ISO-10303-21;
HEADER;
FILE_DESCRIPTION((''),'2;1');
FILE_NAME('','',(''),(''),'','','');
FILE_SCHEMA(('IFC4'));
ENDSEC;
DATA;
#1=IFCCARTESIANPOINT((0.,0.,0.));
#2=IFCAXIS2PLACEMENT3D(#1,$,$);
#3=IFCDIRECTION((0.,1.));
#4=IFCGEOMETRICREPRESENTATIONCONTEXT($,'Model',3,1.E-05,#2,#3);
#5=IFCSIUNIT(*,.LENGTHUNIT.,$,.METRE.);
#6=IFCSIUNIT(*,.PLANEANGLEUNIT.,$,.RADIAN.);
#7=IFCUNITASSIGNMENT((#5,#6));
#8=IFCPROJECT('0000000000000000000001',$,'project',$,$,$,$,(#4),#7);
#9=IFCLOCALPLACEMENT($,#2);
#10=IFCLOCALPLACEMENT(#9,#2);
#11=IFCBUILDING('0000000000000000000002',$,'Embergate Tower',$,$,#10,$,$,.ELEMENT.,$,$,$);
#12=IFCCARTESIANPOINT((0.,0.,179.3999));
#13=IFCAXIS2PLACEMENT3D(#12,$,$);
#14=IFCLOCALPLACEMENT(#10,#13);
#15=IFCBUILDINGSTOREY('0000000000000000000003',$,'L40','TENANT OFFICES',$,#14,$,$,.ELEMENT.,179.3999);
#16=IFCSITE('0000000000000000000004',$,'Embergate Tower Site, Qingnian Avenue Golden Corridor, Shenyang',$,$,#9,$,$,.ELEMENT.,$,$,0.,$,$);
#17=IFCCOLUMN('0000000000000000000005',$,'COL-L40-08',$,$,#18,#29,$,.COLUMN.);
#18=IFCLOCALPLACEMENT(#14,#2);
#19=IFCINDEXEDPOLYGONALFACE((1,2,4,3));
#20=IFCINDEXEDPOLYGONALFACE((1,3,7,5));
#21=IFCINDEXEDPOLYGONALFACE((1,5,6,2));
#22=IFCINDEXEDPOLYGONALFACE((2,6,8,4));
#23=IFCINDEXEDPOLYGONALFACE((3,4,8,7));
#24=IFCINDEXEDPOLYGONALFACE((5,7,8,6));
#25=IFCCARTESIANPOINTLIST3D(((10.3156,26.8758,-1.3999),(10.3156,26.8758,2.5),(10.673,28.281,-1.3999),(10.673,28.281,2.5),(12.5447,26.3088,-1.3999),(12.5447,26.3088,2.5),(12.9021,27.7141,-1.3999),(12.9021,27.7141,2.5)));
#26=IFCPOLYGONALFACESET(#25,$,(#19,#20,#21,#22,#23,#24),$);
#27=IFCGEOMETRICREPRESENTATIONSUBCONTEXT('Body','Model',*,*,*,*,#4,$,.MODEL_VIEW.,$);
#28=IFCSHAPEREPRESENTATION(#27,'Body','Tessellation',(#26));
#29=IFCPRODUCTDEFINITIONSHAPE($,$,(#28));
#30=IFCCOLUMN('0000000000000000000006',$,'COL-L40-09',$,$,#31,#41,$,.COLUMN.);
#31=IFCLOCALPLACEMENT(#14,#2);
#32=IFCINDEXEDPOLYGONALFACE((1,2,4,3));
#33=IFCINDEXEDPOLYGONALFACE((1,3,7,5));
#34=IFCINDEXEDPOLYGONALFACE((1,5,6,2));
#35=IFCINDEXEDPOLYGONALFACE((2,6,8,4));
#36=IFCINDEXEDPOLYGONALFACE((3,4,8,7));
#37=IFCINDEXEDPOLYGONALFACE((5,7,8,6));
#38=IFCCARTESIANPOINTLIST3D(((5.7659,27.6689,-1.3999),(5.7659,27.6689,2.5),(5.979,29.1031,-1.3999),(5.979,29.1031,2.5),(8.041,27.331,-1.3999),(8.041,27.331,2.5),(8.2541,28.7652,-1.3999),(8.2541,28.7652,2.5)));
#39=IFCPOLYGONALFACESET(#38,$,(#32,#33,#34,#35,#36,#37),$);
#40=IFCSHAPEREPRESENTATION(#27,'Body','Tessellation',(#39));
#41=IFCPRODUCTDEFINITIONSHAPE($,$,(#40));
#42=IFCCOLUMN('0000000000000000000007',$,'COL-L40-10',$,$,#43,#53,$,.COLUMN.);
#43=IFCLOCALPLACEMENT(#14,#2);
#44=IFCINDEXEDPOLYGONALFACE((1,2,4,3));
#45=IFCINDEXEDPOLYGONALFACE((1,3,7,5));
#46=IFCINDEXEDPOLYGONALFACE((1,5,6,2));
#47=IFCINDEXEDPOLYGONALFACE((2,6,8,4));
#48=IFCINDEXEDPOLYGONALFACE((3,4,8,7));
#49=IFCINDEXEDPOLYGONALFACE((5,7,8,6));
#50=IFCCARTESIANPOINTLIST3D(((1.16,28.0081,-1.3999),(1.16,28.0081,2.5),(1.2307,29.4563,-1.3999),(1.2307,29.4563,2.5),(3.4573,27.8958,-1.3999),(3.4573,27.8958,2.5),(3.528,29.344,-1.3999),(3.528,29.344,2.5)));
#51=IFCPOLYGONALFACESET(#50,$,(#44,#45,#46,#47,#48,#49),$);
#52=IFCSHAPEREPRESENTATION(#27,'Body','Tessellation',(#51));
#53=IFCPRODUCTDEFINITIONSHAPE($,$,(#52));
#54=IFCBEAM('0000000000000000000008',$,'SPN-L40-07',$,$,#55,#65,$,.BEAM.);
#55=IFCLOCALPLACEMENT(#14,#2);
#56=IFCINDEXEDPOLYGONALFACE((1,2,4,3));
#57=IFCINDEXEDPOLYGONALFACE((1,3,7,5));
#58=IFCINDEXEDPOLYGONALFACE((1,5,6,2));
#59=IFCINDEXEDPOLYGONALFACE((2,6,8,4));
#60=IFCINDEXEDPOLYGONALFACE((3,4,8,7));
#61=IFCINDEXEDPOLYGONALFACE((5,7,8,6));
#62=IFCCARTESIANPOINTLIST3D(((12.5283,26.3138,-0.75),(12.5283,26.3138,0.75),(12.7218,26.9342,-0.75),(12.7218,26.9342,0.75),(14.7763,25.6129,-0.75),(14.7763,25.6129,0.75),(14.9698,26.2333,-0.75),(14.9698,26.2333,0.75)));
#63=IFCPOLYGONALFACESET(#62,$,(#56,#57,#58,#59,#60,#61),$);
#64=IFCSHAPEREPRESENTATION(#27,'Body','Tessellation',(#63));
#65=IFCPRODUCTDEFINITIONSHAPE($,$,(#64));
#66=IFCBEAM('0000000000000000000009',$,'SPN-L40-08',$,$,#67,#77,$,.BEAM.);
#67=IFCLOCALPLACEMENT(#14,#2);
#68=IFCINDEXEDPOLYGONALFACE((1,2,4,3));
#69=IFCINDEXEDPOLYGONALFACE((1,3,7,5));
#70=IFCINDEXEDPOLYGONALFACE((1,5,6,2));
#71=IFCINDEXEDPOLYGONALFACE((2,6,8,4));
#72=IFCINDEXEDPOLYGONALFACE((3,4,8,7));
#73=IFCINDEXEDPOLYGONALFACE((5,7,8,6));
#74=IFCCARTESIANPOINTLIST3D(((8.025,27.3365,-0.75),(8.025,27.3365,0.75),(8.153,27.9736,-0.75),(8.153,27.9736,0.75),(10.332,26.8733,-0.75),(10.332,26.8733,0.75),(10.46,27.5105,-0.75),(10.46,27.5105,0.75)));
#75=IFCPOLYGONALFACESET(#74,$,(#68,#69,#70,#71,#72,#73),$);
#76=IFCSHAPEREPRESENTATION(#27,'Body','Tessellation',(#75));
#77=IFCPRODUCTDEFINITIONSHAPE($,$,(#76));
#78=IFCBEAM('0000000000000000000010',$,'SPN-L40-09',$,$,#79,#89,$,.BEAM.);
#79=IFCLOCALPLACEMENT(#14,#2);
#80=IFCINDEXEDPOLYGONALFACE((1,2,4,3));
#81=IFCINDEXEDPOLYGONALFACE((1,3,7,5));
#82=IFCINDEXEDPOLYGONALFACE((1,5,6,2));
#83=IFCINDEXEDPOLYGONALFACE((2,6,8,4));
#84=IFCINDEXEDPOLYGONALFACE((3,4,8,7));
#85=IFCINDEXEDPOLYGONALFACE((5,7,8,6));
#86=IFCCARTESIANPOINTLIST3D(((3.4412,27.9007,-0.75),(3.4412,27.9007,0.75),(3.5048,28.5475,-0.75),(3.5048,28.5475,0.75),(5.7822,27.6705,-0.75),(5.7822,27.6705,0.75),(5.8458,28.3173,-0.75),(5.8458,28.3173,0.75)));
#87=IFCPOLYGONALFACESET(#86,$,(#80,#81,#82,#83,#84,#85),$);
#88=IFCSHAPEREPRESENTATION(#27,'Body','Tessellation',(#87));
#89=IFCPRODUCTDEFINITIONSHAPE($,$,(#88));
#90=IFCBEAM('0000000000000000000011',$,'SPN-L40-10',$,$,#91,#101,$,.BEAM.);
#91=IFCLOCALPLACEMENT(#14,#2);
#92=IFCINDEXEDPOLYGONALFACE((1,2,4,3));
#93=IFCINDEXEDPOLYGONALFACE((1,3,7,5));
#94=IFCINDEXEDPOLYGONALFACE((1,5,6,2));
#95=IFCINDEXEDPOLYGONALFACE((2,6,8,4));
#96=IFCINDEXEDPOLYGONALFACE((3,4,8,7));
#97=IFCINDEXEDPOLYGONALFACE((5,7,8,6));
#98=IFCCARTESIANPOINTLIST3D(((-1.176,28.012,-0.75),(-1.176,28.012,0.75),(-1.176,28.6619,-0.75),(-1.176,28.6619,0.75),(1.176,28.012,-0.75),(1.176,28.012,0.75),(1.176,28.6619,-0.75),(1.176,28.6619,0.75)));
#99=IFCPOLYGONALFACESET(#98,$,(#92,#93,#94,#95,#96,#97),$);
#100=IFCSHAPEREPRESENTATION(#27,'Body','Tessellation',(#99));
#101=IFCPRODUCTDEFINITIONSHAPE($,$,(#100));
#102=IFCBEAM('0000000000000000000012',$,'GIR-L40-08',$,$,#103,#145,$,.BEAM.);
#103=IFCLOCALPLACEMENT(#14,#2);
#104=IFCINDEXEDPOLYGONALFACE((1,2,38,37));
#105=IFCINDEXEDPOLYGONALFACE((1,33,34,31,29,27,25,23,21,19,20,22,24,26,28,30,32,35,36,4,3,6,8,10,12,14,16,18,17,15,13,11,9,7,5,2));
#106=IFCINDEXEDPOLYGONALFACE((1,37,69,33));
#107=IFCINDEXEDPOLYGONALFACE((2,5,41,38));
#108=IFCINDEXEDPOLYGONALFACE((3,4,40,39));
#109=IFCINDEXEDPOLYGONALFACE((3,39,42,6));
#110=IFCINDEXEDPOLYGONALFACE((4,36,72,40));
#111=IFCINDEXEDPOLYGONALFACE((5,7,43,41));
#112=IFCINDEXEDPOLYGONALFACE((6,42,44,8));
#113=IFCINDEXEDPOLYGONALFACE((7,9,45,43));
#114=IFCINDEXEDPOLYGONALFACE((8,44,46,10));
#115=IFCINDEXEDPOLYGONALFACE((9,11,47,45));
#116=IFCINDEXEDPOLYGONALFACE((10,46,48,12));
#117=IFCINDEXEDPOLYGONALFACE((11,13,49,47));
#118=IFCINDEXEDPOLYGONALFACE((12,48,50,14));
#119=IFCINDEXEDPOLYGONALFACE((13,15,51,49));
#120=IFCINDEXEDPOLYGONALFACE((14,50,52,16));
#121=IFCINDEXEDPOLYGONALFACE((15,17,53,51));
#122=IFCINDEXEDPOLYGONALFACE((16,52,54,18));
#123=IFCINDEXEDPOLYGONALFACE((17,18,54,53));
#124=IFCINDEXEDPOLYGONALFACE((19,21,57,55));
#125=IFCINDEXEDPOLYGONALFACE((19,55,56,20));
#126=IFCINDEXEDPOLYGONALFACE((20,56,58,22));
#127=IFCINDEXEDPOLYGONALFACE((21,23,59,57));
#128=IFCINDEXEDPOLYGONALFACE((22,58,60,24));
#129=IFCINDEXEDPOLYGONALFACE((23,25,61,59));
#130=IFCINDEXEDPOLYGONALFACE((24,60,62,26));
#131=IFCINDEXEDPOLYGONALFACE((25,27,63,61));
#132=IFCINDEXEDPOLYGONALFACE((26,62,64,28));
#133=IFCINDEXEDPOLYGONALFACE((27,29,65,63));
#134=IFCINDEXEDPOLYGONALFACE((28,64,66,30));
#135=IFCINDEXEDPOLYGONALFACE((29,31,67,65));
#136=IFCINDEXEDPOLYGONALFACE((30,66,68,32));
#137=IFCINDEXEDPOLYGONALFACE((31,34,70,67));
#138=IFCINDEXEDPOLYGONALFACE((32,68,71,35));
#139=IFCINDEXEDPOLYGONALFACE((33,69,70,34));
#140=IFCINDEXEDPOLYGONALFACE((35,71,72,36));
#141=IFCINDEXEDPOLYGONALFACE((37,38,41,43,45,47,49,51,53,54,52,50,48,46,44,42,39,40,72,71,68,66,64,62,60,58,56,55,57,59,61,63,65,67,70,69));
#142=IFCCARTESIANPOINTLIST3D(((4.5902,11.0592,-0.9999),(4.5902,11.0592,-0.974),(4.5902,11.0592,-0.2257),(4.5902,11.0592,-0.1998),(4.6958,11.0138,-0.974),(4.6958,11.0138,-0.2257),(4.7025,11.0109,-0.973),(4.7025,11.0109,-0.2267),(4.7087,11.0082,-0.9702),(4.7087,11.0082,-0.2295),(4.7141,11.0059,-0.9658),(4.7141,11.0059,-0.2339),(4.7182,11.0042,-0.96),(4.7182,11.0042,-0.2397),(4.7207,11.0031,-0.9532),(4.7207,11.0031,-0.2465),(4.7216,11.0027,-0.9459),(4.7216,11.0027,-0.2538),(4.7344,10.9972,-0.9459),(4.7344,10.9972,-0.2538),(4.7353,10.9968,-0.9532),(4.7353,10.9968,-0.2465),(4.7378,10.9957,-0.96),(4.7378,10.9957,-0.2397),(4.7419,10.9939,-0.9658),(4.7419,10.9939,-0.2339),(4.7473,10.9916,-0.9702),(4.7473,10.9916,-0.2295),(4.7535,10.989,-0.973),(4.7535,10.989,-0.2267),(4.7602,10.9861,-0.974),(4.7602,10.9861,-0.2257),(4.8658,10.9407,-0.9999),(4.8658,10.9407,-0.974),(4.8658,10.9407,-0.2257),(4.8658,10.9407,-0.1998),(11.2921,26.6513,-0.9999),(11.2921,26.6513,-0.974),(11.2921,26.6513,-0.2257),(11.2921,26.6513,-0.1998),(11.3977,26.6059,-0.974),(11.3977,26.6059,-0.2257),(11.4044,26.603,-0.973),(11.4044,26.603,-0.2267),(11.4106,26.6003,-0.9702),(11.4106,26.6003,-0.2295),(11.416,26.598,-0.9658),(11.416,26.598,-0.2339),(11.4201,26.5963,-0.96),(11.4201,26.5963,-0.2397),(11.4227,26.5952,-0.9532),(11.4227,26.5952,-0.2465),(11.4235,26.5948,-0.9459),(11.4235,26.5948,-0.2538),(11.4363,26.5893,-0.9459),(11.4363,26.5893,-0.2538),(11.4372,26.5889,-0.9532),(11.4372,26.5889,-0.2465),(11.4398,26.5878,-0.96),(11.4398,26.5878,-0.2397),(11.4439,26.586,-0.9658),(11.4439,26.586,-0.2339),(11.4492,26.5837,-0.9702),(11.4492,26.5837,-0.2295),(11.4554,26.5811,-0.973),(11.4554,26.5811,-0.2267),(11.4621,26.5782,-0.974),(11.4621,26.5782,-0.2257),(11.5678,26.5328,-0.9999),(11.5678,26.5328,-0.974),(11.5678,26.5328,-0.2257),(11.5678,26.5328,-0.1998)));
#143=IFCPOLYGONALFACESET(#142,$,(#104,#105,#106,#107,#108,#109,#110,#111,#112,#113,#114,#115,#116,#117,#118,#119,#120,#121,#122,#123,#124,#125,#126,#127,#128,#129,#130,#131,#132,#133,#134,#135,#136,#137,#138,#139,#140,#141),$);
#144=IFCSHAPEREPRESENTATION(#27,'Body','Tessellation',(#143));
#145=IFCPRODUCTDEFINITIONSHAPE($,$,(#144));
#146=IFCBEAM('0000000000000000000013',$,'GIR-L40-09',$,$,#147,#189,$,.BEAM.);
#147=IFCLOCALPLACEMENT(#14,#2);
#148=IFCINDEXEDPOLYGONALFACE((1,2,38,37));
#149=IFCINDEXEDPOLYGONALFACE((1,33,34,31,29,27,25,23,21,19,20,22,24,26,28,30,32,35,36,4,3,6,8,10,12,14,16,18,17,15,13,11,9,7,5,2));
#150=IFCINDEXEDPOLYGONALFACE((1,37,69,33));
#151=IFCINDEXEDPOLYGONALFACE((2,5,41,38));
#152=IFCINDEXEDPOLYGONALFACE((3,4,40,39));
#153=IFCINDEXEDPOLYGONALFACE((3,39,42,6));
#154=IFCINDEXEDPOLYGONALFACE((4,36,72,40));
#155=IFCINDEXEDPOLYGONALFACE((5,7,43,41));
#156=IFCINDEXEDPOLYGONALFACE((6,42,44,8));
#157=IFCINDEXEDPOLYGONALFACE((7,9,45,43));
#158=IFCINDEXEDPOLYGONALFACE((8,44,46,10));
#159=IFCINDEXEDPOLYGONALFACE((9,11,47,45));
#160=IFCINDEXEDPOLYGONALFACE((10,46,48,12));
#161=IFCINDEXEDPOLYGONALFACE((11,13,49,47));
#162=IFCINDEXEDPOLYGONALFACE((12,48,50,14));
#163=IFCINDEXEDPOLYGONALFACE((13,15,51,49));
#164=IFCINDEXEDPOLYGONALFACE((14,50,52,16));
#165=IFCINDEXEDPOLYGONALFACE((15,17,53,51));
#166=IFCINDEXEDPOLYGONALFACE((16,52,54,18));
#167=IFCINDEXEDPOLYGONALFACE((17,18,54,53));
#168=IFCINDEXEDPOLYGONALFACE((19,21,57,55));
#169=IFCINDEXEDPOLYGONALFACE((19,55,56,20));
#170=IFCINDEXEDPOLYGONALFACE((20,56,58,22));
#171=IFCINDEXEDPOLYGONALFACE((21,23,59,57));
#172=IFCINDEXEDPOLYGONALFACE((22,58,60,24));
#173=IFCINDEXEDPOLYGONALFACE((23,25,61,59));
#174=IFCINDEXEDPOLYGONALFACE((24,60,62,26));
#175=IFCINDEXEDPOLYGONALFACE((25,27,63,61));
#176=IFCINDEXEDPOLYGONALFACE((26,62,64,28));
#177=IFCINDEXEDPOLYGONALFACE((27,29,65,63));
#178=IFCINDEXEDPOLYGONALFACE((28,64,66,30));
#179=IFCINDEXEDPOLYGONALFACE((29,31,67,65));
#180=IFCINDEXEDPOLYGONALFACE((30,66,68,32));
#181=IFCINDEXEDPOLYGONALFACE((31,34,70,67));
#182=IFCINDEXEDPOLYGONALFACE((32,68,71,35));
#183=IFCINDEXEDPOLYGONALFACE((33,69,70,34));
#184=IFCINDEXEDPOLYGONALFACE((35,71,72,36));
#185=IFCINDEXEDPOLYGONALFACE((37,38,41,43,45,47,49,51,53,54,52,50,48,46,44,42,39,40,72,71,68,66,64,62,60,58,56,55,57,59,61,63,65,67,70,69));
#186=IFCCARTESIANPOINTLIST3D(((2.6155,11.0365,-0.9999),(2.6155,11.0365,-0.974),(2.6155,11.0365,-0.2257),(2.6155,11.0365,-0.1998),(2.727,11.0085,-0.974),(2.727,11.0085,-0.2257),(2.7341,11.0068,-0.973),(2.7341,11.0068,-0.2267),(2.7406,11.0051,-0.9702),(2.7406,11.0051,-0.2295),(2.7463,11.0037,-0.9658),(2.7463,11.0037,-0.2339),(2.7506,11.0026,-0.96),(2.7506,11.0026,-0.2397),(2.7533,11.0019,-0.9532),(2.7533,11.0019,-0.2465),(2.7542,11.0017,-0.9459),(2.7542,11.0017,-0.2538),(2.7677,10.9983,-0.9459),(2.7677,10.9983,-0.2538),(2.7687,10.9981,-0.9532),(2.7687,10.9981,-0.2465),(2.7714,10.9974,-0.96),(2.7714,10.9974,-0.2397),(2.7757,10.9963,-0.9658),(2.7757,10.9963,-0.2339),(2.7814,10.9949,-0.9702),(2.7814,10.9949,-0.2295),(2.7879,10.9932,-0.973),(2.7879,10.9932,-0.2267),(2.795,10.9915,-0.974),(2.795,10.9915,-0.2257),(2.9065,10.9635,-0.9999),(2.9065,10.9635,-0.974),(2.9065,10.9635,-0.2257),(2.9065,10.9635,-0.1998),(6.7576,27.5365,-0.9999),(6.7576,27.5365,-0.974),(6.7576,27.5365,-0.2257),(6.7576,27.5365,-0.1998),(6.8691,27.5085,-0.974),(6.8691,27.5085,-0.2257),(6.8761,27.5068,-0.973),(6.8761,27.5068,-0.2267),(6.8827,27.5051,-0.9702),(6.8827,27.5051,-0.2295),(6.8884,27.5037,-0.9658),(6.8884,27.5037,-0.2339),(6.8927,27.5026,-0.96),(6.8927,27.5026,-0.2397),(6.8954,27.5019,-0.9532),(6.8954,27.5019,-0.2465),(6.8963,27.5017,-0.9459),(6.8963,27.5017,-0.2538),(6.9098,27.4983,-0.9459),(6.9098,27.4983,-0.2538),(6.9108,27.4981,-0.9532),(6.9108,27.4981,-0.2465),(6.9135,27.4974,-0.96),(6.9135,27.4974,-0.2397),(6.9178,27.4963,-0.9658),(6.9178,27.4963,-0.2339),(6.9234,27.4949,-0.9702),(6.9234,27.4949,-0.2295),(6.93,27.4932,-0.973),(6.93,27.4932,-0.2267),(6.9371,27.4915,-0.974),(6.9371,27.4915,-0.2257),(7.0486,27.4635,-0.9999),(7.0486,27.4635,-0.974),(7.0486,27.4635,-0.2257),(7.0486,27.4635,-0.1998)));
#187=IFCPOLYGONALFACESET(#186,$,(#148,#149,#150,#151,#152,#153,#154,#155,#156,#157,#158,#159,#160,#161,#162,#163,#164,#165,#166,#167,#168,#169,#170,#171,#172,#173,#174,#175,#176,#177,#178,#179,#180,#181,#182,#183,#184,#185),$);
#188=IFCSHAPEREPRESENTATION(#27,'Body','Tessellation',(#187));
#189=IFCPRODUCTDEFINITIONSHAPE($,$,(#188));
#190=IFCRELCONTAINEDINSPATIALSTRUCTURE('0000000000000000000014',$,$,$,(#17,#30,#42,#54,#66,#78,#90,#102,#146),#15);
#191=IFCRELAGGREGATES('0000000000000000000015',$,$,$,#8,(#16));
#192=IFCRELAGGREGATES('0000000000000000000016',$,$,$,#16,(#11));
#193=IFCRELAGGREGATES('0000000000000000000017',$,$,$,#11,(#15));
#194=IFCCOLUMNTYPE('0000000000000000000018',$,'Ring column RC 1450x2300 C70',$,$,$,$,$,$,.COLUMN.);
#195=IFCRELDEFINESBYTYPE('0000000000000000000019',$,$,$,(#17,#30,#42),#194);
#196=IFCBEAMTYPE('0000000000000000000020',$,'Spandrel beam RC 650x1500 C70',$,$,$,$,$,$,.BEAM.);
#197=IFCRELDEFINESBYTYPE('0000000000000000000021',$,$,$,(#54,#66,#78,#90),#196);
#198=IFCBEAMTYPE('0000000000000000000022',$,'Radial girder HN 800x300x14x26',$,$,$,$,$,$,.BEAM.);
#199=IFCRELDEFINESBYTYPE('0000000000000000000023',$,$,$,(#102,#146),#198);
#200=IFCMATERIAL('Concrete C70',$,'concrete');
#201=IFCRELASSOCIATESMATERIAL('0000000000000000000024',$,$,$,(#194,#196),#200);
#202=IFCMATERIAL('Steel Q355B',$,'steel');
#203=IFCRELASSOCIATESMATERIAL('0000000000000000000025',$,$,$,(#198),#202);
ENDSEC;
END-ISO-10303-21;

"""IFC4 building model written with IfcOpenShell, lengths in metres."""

from ifc_helpers import new_model, si_unit, direction, frame, origin, origin_2d, place, context, subcontext, project, spatial, rectangle, i_section, extrude, source, transform, mapped, material, material_profile, profile_set, type_object, element, save


model = new_model("IFC4")

# Units and contexts
model_context = context("Model", 3, precision=1e-05, world=origin(), true_north=direction((0.0, 1.0)))
body_context = subcontext(model_context, "Body", "Model", "MODEL_VIEW")
ifc_project = project(units=[si_unit("LENGTHUNIT", "METRE"), si_unit("PLANEANGLEUNIT", "RADIAN")], contexts=[model_context])

# Site, building, storey
site_placement = place(None, origin())
site = spatial("IfcSite", under=ifc_project, at=site_placement, Name="Embergate Tower Site, Qingnian Avenue Golden Corridor, Shenyang", CompositionType="ELEMENT", RefElevation=0.0)
building_placement = place(site_placement, origin())
building = spatial("IfcBuilding", under=site, at=building_placement, Name="Embergate Tower", CompositionType="ELEMENT")
storey_placement = place(building_placement, frame((0.0, 0.0, 179.3999)))
storey = spatial("IfcBuildingStorey", under=building, at=storey_placement, Name="L40", Description="TENANT OFFICES", CompositionType="ELEMENT", Elevation=179.3999)

# Columns
ifc_material_1 = material(Name="Concrete C70", Category="concrete")
ifc_material_profile_1 = material_profile(ifc_material_1, rectangle(XDim=1.45, YDim=2.3, at=origin_2d()), Name="RC 1450x2300")
ifc_profile_set_1 = profile_set([ifc_material_profile_1], Name="Concrete C70")
column_type = type_object("IfcColumnType", Name="Ring column RC 1450x2300 C70", PredefinedType="COLUMN", material=ifc_profile_set_1)
shared_shape_1 = source(origin(), body_context, "Body", "SweptSolid", [
    extrude(rectangle(XDim=1.45, YDim=2.3, at=origin_2d()), origin(), (0.0, 0.0, 1.0), 3.8999),
])
for number, where, z_axis, x_axis, name in (
    (1, (11.6089, 27.2949, -1.3999), (0.0, 0.0, 1.0), (0.246492, 0.969145, 0.0), "COL-L40-08"),
    (2, (7.01, 28.217, -1.3999), (0.0, 0.0, 1.0), (0.146929, 0.989147, 0.0), "COL-L40-09"),
    (3, (2.344, 28.676, -1.3999), (0.0, 0.0, 1.0), (0.048815, 0.998808, 0.0), "COL-L40-10"),
):
    element("IfcColumn", number, at=place(storey_placement, frame(where, z_axis=z_axis, x_axis=x_axis)), inside=storey, type_object=column_type, Name=name, PredefinedType="COLUMN", context=body_context, shape_type="MappedRepresentation", body=[
        mapped(shared_shape_1, transform((0.0, 0.0, 0.0))),
    ])

# Beams
ifc_material_profile_2 = material_profile(ifc_material_1, rectangle(XDim=0.6499, YDim=1.5, at=origin_2d()), Name="RC 650x1500")
ifc_profile_set_2 = profile_set([ifc_material_profile_2], Name="Concrete C70")
beam_type_1 = type_object("IfcBeamType", Name="Spandrel beam RC 650x1500 C70", PredefinedType="BEAM", material=ifc_profile_set_2)
shared_shape_2 = source(origin(), body_context, "Body", "SweptSolid", [
    extrude(rectangle(XDim=0.6499, YDim=1.5, at=origin_2d()), origin(), (0.0, 0.0, 1.0), 2.3547),
])
beam_1_placement = place(storey_placement, frame((14.873, 25.9231, 0.0), z_axis=(-0.954672, 0.297661, 0.0), x_axis=(-0.297661, -0.954672, 0.0)))
element("IfcBeam", 4, at=beam_1_placement, inside=storey, type_object=beam_type_1, Name="SPN-L40-07", PredefinedType="BEAM", context=body_context, shape_type="MappedRepresentation", body=[
    mapped(shared_shape_2, transform((0.0, 0.0, 0.0))),
])
shared_shape_3 = source(origin(), body_context, "Body", "SweptSolid", [
    extrude(rectangle(XDim=0.6499, YDim=1.5, at=origin_2d()), origin(), (0.0, 0.0, 1.0), 2.353),
])
beam_2_placement = place(storey_placement, frame((10.396, 27.1919, 0.0), z_axis=(-0.980437, 0.196834, 0.0), x_axis=(-0.196834, -0.980437, 0.0)))
element("IfcBeam", 5, at=beam_2_placement, inside=storey, type_object=beam_type_1, Name="SPN-L40-08", PredefinedType="BEAM", context=body_context, shape_type="MappedRepresentation", body=[
    mapped(shared_shape_3, transform((0.0, 0.0, 0.0))),
])
shared_shape_4 = source(origin(), body_context, "Body", "SweptSolid", [
    extrude(rectangle(XDim=0.6499, YDim=1.5, at=origin_2d()), origin(), (0.0, 0.0, 1.0), 2.3523),
])
beam_3_placement = place(storey_placement, frame((5.814, 27.9939, 0.0), z_axis=(-0.995199, 0.09787, 0.0), x_axis=(-0.09787, -0.995199, 0.0)))
element("IfcBeam", 6, at=beam_3_placement, inside=storey, type_object=beam_type_1, Name="SPN-L40-09", PredefinedType="BEAM", context=body_context, shape_type="MappedRepresentation", body=[
    mapped(shared_shape_4, transform((0.0, 0.0, 0.0))),
])
shared_shape_5 = source(origin(), body_context, "Body", "SweptSolid", [
    extrude(rectangle(XDim=0.6499, YDim=1.5, at=origin_2d()), origin(), (0.0, 0.0, 1.0), 2.3521),
])
beam_4_placement = place(storey_placement, frame((1.176, 28.3369, 0.0), z_axis=(-1.0, 0.0, 0.0), x_axis=(0.0, -1.0, 0.0)))
element("IfcBeam", 7, at=beam_4_placement, inside=storey, type_object=beam_type_1, Name="SPN-L40-10", PredefinedType="BEAM", context=body_context, shape_type="MappedRepresentation", body=[
    mapped(shared_shape_5, transform((0.0, 0.0, 0.0))),
])
ifc_material_2 = material(Name="Steel Q355B", Category="steel")
ifc_material_profile_3 = material_profile(ifc_material_2, i_section(OverallWidth=0.3, OverallDepth=0.8, WebThickness=0.0139, FlangeThickness=0.0259, FilletRadius=0.0281, at=origin_2d()), Name="HN 800x300x14x26")
ifc_profile_set_3 = profile_set([ifc_material_profile_3], Name="Steel Q355 grade B")
beam_type_2 = type_object("IfcBeamType", Name="Radial girder HN 800x300x14x26", PredefinedType="BEAM", material=ifc_profile_set_3)
shared_shape_6 = source(origin(), body_context, "Body", "SweptSolid", [
    extrude(i_section(OverallWidth=0.3, OverallDepth=0.8, WebThickness=0.0139, FlangeThickness=0.0259, FilletRadius=0.0281, at=origin_2d()), origin(), (0.0, 0.0, 1.0), 16.9714),
])
beam_5_placement = place(storey_placement, frame((11.4299, 26.592, -0.5999), z_axis=(-0.394895, -0.918726, 0.0), x_axis=(0.918726, -0.394895, 0.0)))
element("IfcBeam", 8, at=beam_5_placement, inside=storey, type_object=beam_type_2, Name="GIR-L40-08", PredefinedType="BEAM", context=body_context, shape_type="MappedRepresentation", body=[
    mapped(shared_shape_6, transform((0.0, 0.0, 0.0))),
])
shared_shape_7 = source(origin(), body_context, "Body", "SweptSolid", [
    extrude(i_section(OverallWidth=0.3, OverallDepth=0.8, WebThickness=0.0139, FlangeThickness=0.0259, FilletRadius=0.0281, at=origin_2d()), origin(), (0.0, 0.0, 1.0), 17.012),
])
beam_6_placement = place(storey_placement, frame((6.9031, 27.5, -0.5999), z_axis=(-0.243481, -0.969906, 0.0), x_axis=(0.969906, -0.243481, 0.0)))
element("IfcBeam", 9, at=beam_6_placement, inside=storey, type_object=beam_type_2, Name="GIR-L40-09", PredefinedType="BEAM", context=body_context, shape_type="MappedRepresentation", body=[
    mapped(shared_shape_7, transform((0.0, 0.0, 0.0))),
])

save(model, "model.ifc")
